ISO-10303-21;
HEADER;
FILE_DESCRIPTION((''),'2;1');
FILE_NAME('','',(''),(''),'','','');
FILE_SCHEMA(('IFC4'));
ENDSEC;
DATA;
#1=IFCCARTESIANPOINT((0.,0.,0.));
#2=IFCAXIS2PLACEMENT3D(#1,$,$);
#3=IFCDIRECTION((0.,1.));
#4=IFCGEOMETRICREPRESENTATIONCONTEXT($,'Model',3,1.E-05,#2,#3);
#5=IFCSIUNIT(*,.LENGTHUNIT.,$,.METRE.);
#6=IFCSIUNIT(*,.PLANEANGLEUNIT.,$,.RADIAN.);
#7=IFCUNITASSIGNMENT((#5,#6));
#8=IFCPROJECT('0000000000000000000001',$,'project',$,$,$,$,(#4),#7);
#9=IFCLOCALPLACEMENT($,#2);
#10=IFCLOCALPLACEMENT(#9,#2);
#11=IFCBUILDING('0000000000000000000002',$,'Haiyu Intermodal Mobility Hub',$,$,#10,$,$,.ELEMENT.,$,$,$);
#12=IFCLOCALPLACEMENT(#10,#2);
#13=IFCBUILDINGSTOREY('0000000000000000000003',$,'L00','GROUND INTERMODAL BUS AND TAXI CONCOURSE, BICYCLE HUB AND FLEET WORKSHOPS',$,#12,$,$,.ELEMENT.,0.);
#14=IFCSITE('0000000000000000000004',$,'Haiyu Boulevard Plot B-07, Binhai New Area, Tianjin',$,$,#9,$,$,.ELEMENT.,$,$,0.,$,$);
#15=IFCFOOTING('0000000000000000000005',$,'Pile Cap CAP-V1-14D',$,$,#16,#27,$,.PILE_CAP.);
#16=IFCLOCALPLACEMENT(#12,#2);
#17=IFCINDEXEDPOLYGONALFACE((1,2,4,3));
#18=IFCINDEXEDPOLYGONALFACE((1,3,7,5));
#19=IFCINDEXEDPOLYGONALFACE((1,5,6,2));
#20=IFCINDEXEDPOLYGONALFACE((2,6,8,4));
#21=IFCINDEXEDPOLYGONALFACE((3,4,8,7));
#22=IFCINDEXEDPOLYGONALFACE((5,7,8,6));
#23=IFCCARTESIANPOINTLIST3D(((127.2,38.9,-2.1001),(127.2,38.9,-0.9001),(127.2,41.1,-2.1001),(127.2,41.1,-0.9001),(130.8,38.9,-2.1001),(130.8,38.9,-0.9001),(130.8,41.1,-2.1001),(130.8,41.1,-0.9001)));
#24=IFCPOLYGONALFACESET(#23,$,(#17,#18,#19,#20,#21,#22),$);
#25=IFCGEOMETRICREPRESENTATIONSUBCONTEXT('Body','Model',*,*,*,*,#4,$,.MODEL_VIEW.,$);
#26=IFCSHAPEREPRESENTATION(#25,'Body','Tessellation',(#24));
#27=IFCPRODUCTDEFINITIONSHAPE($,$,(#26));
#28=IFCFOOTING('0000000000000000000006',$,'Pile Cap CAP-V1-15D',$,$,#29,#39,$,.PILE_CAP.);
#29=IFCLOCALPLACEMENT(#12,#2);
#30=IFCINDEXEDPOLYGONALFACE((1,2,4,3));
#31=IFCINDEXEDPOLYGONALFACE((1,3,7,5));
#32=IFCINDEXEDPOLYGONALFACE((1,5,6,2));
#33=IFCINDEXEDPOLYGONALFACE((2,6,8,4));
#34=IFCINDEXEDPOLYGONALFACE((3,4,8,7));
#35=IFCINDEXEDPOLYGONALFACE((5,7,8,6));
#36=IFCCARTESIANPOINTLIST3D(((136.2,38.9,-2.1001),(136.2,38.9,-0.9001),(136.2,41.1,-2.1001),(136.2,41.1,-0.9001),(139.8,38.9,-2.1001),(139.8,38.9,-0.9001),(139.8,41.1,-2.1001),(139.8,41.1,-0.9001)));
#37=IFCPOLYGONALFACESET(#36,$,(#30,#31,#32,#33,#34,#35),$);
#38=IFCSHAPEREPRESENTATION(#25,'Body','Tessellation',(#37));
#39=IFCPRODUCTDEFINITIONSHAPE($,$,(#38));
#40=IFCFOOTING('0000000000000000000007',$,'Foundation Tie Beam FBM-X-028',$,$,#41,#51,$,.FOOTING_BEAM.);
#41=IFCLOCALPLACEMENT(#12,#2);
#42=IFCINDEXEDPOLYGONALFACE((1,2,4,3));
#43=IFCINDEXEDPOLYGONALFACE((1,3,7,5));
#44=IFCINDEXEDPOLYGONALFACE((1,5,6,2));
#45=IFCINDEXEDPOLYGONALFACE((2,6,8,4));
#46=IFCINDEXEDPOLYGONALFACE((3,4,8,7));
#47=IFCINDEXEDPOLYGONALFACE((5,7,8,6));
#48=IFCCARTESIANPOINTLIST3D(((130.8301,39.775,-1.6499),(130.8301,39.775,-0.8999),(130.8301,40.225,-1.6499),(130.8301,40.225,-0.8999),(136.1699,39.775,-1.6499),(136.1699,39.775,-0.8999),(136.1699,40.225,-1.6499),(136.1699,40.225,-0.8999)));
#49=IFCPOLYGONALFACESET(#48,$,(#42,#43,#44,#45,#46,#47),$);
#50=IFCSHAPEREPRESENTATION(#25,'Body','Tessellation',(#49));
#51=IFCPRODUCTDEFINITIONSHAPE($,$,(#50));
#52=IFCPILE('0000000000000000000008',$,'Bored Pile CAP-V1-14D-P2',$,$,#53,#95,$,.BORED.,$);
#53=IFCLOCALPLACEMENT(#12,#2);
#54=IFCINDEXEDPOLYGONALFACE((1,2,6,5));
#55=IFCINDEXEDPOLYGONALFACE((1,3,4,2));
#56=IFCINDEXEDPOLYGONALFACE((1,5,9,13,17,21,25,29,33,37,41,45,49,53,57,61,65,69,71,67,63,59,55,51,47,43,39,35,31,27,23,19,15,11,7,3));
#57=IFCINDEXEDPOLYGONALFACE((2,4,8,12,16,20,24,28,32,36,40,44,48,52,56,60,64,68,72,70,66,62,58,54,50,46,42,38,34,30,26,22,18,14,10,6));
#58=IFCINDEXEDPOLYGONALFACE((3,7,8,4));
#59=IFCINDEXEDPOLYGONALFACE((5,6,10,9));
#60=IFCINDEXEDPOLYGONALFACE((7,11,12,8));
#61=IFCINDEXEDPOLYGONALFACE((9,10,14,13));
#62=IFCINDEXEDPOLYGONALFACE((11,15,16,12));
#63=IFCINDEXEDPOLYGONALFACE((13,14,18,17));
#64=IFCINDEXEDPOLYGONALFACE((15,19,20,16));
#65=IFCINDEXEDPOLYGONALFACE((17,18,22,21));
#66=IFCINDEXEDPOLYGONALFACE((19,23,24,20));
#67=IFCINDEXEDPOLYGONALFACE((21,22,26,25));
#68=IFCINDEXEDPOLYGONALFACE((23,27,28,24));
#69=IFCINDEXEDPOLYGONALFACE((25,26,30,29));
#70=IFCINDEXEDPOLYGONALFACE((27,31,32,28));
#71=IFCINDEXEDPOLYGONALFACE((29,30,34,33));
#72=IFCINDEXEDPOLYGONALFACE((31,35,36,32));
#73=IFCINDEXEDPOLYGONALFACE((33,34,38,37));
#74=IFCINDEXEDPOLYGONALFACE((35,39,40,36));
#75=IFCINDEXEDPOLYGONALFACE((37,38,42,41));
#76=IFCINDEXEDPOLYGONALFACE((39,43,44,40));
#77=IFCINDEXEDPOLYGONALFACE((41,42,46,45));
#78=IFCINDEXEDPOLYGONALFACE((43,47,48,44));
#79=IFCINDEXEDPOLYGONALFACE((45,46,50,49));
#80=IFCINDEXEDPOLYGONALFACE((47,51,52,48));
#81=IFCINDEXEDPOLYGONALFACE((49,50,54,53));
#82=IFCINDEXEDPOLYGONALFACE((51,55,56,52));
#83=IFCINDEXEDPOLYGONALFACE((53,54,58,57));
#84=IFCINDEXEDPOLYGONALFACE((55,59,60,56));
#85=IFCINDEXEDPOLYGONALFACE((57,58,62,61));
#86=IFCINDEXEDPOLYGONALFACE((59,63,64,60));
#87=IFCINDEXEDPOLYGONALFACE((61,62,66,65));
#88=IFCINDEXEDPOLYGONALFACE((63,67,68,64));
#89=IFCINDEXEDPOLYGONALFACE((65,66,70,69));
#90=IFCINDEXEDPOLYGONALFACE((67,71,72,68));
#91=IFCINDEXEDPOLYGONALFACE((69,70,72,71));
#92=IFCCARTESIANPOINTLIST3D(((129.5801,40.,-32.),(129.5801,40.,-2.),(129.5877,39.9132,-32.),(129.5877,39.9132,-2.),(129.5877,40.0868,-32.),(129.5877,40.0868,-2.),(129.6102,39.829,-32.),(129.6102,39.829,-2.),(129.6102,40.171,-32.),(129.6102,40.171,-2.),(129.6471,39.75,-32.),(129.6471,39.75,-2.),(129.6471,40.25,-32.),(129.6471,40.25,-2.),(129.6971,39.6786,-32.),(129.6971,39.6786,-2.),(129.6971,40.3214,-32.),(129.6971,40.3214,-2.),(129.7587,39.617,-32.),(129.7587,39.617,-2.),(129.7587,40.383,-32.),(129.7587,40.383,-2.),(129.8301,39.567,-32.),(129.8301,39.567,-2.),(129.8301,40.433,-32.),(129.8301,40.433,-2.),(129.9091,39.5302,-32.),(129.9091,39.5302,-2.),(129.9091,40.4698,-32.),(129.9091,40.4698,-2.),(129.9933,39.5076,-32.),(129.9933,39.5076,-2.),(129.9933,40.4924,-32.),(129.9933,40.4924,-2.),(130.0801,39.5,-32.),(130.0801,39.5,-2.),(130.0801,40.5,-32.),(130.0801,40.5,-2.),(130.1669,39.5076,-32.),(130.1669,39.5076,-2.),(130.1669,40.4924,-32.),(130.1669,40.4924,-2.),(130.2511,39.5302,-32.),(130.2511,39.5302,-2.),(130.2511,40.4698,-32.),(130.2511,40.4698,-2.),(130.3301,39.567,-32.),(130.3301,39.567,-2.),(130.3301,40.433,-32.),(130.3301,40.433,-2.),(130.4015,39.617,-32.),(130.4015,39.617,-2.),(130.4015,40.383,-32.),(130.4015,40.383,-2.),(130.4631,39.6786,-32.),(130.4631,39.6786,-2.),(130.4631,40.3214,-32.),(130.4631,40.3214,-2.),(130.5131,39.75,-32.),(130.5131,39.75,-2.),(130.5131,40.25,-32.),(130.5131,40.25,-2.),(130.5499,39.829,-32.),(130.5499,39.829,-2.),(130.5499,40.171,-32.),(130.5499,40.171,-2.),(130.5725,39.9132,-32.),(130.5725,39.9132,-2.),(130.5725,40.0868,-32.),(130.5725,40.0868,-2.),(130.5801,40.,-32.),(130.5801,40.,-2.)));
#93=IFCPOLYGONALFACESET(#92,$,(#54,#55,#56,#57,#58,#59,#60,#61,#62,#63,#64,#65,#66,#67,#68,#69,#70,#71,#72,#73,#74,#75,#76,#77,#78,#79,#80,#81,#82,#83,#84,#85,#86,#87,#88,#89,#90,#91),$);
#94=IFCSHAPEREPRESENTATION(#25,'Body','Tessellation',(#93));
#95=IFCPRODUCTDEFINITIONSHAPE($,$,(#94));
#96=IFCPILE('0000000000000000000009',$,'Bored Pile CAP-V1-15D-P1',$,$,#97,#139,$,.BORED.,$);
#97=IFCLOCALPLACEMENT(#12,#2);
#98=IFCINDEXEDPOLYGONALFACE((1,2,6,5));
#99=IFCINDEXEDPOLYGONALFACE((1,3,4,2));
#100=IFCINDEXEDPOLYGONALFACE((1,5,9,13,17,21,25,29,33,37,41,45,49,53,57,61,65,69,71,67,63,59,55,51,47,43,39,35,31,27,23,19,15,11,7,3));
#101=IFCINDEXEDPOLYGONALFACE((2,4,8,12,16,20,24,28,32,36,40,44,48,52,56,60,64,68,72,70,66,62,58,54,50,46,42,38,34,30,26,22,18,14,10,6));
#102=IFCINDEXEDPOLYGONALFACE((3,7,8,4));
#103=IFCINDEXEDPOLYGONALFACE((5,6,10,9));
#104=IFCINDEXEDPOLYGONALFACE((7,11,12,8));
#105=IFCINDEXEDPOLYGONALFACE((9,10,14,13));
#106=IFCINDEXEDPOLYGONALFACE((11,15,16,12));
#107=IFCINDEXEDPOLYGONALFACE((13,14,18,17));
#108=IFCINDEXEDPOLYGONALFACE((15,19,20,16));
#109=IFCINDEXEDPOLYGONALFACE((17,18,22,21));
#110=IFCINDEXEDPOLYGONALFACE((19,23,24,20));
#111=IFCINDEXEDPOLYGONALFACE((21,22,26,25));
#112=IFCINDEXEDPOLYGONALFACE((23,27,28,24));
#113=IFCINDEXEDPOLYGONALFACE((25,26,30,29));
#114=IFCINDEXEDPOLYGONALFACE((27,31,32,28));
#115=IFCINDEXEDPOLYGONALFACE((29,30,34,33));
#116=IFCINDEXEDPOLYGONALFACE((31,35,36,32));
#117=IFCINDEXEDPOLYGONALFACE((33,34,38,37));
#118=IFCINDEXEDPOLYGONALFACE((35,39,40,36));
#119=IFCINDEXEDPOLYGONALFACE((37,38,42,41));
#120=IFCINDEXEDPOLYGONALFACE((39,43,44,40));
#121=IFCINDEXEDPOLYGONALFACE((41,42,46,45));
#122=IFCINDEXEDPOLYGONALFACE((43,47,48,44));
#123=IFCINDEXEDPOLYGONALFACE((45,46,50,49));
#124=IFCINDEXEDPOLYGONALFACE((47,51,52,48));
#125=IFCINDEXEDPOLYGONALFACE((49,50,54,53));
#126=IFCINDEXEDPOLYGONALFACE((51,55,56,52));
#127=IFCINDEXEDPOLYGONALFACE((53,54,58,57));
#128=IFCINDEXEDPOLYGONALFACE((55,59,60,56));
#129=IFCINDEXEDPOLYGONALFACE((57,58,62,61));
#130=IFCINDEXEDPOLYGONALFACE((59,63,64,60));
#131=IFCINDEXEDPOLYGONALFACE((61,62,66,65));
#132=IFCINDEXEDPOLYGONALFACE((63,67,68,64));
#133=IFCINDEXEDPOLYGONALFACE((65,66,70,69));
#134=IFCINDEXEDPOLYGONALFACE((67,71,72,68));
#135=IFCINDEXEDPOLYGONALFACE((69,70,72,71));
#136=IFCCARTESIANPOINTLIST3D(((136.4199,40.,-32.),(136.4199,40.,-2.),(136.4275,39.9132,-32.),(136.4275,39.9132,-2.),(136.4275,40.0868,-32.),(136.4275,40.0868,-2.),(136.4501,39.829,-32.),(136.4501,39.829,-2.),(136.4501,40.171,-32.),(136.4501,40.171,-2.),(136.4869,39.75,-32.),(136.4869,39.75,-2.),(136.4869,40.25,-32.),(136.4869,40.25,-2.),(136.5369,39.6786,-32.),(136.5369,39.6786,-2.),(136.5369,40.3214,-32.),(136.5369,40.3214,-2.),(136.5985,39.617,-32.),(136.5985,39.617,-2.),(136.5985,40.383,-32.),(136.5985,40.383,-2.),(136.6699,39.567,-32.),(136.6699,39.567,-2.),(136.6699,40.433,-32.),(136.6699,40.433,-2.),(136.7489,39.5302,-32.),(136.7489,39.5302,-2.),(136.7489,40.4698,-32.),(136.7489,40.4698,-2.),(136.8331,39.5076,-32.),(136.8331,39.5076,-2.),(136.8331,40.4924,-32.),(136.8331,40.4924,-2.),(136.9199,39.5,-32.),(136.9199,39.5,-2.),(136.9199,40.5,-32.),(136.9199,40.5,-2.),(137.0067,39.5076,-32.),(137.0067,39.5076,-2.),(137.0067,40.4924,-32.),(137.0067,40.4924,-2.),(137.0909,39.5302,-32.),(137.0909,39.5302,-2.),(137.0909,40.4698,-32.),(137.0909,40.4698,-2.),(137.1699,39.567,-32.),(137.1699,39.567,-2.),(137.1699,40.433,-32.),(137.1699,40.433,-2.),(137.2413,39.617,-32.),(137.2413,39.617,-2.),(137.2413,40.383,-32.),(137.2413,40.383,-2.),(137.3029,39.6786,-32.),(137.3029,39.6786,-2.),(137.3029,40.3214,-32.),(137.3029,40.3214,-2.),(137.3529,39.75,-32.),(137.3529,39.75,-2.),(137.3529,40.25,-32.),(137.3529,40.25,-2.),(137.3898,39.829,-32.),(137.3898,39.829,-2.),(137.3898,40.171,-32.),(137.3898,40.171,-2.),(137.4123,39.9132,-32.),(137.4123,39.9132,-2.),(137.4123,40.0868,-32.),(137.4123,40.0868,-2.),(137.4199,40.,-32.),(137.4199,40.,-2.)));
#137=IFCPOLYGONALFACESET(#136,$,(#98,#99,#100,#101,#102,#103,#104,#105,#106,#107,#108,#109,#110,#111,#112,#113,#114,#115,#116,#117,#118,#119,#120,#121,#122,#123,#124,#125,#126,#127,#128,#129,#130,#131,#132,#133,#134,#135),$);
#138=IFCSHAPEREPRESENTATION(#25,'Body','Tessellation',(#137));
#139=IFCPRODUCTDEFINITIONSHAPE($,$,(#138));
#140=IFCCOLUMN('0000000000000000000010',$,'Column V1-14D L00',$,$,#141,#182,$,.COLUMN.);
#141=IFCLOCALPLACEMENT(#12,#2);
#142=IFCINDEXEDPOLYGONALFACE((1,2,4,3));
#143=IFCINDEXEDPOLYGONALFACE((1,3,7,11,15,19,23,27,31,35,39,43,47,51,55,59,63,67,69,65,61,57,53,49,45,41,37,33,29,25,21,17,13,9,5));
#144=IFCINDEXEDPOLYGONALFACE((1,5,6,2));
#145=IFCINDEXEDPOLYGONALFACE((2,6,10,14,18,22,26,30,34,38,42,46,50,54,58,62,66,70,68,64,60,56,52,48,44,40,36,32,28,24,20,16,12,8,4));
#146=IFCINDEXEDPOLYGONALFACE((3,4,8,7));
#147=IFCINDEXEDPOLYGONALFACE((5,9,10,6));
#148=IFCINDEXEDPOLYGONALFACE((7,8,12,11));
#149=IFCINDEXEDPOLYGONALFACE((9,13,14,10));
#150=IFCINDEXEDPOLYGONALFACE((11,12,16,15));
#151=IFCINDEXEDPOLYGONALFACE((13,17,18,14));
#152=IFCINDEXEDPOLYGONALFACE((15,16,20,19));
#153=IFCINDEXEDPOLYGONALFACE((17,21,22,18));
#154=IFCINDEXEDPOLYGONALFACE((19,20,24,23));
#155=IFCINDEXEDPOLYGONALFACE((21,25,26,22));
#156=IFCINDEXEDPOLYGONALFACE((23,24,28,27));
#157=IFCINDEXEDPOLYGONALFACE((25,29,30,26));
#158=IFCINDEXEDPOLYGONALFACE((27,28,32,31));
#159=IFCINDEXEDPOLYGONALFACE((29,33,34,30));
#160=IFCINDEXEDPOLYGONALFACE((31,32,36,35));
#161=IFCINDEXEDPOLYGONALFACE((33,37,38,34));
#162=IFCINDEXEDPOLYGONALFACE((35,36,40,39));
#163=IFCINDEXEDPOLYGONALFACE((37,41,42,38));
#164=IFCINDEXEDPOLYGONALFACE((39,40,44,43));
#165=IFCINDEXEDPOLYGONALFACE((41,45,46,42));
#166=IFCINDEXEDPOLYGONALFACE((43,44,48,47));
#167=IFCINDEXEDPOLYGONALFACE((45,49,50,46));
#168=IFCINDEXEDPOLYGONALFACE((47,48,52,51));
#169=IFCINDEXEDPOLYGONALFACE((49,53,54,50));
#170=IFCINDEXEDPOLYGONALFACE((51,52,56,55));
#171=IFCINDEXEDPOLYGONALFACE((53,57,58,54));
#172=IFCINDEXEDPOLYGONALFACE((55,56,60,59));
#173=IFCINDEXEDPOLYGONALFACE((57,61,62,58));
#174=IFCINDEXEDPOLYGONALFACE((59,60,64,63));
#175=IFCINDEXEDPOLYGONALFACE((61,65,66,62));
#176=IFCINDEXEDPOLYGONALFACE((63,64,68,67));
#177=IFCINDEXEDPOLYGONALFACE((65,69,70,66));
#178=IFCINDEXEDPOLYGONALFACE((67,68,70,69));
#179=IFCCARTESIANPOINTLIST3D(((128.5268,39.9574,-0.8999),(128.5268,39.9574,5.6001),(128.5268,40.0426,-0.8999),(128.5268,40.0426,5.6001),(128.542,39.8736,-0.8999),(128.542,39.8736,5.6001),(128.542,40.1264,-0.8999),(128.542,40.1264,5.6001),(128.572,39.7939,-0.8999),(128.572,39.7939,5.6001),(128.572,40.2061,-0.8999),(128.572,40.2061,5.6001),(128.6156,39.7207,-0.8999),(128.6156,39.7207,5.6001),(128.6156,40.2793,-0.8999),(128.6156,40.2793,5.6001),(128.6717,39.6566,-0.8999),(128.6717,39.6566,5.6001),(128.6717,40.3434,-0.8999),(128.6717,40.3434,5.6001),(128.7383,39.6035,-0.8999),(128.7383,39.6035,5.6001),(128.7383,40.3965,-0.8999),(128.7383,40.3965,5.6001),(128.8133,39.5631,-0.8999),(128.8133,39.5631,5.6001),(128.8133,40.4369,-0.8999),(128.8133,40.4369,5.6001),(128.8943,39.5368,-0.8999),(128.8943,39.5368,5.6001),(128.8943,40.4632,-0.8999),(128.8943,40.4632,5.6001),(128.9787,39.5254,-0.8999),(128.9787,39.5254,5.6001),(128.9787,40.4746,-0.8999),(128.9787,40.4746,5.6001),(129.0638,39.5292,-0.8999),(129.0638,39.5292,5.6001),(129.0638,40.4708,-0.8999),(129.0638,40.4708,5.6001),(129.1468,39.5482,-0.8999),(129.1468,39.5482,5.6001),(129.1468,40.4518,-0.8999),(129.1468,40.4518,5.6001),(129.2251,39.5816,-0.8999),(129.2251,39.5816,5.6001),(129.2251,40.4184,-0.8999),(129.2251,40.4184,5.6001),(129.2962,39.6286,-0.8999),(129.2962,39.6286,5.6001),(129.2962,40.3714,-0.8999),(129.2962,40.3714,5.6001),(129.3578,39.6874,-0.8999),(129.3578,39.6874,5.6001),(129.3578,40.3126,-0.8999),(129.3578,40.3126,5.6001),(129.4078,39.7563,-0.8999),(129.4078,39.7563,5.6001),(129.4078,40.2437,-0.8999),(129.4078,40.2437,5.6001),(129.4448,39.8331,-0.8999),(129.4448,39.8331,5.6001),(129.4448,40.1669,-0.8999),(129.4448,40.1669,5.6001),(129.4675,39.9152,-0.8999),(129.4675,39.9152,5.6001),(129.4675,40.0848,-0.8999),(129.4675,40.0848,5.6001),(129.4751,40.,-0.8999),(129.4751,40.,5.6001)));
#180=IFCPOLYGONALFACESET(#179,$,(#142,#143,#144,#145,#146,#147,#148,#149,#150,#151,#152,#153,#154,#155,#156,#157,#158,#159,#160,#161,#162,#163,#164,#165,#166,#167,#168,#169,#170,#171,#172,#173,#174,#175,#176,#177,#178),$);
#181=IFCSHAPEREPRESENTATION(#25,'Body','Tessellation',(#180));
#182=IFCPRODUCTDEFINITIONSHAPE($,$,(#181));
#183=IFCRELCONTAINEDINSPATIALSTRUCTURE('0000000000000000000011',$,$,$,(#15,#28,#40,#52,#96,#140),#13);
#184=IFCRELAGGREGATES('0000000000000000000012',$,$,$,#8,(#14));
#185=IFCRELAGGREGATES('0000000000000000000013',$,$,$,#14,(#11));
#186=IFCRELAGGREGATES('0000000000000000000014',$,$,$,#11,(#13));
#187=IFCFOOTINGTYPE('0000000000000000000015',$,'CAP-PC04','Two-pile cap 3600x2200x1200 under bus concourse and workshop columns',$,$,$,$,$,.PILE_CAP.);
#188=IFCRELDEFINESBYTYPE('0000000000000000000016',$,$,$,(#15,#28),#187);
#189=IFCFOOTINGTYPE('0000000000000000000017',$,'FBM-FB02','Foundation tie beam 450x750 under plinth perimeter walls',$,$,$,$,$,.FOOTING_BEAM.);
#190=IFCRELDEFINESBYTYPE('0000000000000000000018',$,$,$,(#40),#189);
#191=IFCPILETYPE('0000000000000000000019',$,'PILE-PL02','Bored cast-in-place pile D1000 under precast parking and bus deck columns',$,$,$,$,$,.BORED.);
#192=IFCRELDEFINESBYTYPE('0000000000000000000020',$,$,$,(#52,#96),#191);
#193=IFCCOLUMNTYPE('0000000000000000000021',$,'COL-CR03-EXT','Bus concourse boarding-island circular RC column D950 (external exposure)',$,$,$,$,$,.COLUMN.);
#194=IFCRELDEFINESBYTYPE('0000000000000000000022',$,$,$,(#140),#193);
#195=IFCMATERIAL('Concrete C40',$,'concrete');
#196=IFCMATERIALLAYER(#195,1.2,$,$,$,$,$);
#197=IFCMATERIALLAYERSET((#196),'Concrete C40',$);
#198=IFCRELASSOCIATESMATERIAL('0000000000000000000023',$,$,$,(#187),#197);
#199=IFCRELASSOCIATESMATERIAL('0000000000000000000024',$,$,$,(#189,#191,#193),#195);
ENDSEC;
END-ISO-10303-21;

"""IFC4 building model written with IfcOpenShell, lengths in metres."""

from ifc_helpers import new_model, si_unit, direction, frame, origin, origin_2d, place, context, subcontext, project, spatial, rectangle, circle, extrude, material, layer, layer_set, material_profile, profile_set, type_object, element, save


model = new_model("IFC4")

# Units and contexts
model_context = context("Model", 3, precision=1e-05, world=origin(), true_north=direction((0.0, 1.0)))
body_context = subcontext(model_context, "Body", "Model", "MODEL_VIEW")
ifc_project = project(units=[si_unit("LENGTHUNIT", "METRE"), si_unit("PLANEANGLEUNIT", "RADIAN")], contexts=[model_context])

# Site, building, storey
site_placement = place(None, origin())
site = spatial("IfcSite", under=ifc_project, at=site_placement, Name="Haiyu Boulevard Plot B-07, Binhai New Area, Tianjin", CompositionType="ELEMENT", RefElevation=0.0)
building_placement = place(site_placement, origin())
building = spatial("IfcBuilding", under=site, at=building_placement, Name="Haiyu Intermodal Mobility Hub", CompositionType="ELEMENT")
storey_placement = place(building_placement, origin())
storey = spatial("IfcBuildingStorey", under=building, at=storey_placement, Name="L00", Description="GROUND INTERMODAL BUS AND TAXI CONCOURSE, BICYCLE HUB AND FLEET WORKSHOPS", CompositionType="ELEMENT", Elevation=0.0)

# Footings
ifc_material_1 = material(Name="Concrete C40", Category="concrete")
ifc_layer_1 = layer(ifc_material_1, 1.2)
ifc_layer_set_1 = layer_set([ifc_layer_1], Name="Concrete C40")
footing_type_1 = type_object("IfcFootingType", Name="CAP-PC04", Description="Two-pile cap 3600x2200x1200 under bus concourse and workshop columns", PredefinedType="PILE_CAP", material=ifc_layer_set_1)
for number, where, z_axis, x_axis, name in (
    (1, (129.0, 40.0, -2.1001), (0.0, 0.0, 1.0), (1.0, 0.0, 0.0), "Pile Cap CAP-V1-14D"),
    (2, (138.0, 40.0, -2.1001), (0.0, 0.0, 1.0), (1.0, 0.0, 0.0), "Pile Cap CAP-V1-15D"),
):
    element("IfcFooting", number, at=place(storey_placement, frame(where, z_axis=z_axis, x_axis=x_axis)), inside=storey, type_object=footing_type_1, Name=name, PredefinedType="PILE_CAP", context=body_context, shape_type="SweptSolid", body=[
        extrude(rectangle(XDim=3.6001, YDim=2.2, at=origin_2d()), origin(), (0.0, 0.0, 1.0), 1.2),
    ])
ifc_material_profile_1 = material_profile(ifc_material_1, rectangle(XDim=0.45, YDim=0.75, at=origin_2d()), Name="FB450x750")
ifc_profile_set_1 = profile_set([ifc_material_profile_1], Name="Concrete C40")
footing_type_2 = type_object("IfcFootingType", Name="FBM-FB02", Description="Foundation tie beam 450x750 under plinth perimeter walls", PredefinedType="FOOTING_BEAM", material=ifc_profile_set_1)
footing_placement = place(storey_placement, frame((130.8301, 40.0, -1.2749), z_axis=(1.0, 0.0, 0.0), x_axis=(0.0, 1.0, 0.0)))
element("IfcFooting", 3, at=footing_placement, inside=storey, type_object=footing_type_2, Name="Foundation Tie Beam FBM-X-028", PredefinedType="FOOTING_BEAM", context=body_context, shape_type="SweptSolid", body=[
    extrude(rectangle(XDim=0.45, YDim=0.75, at=origin_2d()), origin(), (0.0, 0.0, 1.0), 5.3398),
])

# Piles
ifc_material_profile_2 = material_profile(ifc_material_1, circle(Radius=0.5, at=origin_2d()), Name="PILE-D1000")
ifc_profile_set_2 = profile_set([ifc_material_profile_2], Name="Concrete C40")
pile_type = type_object("IfcPileType", Name="PILE-PL02", Description="Bored cast-in-place pile D1000 under precast parking and bus deck columns", PredefinedType="BORED", material=ifc_profile_set_2)
for number, where, z_axis, x_axis, name in (
    (4, (130.0801, 40.0, -2.0), (0.0, 0.0, -1.0), (1.0, 0.0, 0.0), "Bored Pile CAP-V1-14D-P2"),
    (5, (136.9199, 40.0, -2.0), (0.0, 0.0, -1.0), (1.0, 0.0, 0.0), "Bored Pile CAP-V1-15D-P1"),
):
    element("IfcPile", number, at=place(storey_placement, frame(where, z_axis=z_axis, x_axis=x_axis)), inside=storey, type_object=pile_type, Name=name, PredefinedType="BORED", context=body_context, shape_type="SweptSolid", body=[
        extrude(circle(Radius=0.5, at=origin_2d()), origin(), (0.0, 0.0, 1.0), 30.0),
    ])

# Column
ifc_material_profile_3 = material_profile(ifc_material_1, circle(Radius=0.4751, at=origin_2d()), Name="RCCOL-D950")
ifc_profile_set_3 = profile_set([ifc_material_profile_3], Name="Concrete C40")
column_type = type_object("IfcColumnType", Name="COL-CR03-EXT", Description="Bus concourse boarding-island circular RC column D950 (external exposure)", PredefinedType="COLUMN", material=ifc_profile_set_3)
for number, where, z_axis, x_axis, name in (
    (6, (129.0, 40.0, -0.8999), (0.0, 0.0, 1.0), (1.0, 0.0, 0.0), "Column V1-14D L00"),
):
    element("IfcColumn", number, at=place(storey_placement, frame(where, z_axis=z_axis, x_axis=x_axis)), inside=storey, type_object=column_type, Name=name, PredefinedType="COLUMN", context=body_context, shape_type="SweptSolid", body=[
        extrude(circle(Radius=0.4751, at=origin_2d()), origin(), (0.0, 0.0, 1.0), 6.5),
    ])

save(model, "model.ifc")
